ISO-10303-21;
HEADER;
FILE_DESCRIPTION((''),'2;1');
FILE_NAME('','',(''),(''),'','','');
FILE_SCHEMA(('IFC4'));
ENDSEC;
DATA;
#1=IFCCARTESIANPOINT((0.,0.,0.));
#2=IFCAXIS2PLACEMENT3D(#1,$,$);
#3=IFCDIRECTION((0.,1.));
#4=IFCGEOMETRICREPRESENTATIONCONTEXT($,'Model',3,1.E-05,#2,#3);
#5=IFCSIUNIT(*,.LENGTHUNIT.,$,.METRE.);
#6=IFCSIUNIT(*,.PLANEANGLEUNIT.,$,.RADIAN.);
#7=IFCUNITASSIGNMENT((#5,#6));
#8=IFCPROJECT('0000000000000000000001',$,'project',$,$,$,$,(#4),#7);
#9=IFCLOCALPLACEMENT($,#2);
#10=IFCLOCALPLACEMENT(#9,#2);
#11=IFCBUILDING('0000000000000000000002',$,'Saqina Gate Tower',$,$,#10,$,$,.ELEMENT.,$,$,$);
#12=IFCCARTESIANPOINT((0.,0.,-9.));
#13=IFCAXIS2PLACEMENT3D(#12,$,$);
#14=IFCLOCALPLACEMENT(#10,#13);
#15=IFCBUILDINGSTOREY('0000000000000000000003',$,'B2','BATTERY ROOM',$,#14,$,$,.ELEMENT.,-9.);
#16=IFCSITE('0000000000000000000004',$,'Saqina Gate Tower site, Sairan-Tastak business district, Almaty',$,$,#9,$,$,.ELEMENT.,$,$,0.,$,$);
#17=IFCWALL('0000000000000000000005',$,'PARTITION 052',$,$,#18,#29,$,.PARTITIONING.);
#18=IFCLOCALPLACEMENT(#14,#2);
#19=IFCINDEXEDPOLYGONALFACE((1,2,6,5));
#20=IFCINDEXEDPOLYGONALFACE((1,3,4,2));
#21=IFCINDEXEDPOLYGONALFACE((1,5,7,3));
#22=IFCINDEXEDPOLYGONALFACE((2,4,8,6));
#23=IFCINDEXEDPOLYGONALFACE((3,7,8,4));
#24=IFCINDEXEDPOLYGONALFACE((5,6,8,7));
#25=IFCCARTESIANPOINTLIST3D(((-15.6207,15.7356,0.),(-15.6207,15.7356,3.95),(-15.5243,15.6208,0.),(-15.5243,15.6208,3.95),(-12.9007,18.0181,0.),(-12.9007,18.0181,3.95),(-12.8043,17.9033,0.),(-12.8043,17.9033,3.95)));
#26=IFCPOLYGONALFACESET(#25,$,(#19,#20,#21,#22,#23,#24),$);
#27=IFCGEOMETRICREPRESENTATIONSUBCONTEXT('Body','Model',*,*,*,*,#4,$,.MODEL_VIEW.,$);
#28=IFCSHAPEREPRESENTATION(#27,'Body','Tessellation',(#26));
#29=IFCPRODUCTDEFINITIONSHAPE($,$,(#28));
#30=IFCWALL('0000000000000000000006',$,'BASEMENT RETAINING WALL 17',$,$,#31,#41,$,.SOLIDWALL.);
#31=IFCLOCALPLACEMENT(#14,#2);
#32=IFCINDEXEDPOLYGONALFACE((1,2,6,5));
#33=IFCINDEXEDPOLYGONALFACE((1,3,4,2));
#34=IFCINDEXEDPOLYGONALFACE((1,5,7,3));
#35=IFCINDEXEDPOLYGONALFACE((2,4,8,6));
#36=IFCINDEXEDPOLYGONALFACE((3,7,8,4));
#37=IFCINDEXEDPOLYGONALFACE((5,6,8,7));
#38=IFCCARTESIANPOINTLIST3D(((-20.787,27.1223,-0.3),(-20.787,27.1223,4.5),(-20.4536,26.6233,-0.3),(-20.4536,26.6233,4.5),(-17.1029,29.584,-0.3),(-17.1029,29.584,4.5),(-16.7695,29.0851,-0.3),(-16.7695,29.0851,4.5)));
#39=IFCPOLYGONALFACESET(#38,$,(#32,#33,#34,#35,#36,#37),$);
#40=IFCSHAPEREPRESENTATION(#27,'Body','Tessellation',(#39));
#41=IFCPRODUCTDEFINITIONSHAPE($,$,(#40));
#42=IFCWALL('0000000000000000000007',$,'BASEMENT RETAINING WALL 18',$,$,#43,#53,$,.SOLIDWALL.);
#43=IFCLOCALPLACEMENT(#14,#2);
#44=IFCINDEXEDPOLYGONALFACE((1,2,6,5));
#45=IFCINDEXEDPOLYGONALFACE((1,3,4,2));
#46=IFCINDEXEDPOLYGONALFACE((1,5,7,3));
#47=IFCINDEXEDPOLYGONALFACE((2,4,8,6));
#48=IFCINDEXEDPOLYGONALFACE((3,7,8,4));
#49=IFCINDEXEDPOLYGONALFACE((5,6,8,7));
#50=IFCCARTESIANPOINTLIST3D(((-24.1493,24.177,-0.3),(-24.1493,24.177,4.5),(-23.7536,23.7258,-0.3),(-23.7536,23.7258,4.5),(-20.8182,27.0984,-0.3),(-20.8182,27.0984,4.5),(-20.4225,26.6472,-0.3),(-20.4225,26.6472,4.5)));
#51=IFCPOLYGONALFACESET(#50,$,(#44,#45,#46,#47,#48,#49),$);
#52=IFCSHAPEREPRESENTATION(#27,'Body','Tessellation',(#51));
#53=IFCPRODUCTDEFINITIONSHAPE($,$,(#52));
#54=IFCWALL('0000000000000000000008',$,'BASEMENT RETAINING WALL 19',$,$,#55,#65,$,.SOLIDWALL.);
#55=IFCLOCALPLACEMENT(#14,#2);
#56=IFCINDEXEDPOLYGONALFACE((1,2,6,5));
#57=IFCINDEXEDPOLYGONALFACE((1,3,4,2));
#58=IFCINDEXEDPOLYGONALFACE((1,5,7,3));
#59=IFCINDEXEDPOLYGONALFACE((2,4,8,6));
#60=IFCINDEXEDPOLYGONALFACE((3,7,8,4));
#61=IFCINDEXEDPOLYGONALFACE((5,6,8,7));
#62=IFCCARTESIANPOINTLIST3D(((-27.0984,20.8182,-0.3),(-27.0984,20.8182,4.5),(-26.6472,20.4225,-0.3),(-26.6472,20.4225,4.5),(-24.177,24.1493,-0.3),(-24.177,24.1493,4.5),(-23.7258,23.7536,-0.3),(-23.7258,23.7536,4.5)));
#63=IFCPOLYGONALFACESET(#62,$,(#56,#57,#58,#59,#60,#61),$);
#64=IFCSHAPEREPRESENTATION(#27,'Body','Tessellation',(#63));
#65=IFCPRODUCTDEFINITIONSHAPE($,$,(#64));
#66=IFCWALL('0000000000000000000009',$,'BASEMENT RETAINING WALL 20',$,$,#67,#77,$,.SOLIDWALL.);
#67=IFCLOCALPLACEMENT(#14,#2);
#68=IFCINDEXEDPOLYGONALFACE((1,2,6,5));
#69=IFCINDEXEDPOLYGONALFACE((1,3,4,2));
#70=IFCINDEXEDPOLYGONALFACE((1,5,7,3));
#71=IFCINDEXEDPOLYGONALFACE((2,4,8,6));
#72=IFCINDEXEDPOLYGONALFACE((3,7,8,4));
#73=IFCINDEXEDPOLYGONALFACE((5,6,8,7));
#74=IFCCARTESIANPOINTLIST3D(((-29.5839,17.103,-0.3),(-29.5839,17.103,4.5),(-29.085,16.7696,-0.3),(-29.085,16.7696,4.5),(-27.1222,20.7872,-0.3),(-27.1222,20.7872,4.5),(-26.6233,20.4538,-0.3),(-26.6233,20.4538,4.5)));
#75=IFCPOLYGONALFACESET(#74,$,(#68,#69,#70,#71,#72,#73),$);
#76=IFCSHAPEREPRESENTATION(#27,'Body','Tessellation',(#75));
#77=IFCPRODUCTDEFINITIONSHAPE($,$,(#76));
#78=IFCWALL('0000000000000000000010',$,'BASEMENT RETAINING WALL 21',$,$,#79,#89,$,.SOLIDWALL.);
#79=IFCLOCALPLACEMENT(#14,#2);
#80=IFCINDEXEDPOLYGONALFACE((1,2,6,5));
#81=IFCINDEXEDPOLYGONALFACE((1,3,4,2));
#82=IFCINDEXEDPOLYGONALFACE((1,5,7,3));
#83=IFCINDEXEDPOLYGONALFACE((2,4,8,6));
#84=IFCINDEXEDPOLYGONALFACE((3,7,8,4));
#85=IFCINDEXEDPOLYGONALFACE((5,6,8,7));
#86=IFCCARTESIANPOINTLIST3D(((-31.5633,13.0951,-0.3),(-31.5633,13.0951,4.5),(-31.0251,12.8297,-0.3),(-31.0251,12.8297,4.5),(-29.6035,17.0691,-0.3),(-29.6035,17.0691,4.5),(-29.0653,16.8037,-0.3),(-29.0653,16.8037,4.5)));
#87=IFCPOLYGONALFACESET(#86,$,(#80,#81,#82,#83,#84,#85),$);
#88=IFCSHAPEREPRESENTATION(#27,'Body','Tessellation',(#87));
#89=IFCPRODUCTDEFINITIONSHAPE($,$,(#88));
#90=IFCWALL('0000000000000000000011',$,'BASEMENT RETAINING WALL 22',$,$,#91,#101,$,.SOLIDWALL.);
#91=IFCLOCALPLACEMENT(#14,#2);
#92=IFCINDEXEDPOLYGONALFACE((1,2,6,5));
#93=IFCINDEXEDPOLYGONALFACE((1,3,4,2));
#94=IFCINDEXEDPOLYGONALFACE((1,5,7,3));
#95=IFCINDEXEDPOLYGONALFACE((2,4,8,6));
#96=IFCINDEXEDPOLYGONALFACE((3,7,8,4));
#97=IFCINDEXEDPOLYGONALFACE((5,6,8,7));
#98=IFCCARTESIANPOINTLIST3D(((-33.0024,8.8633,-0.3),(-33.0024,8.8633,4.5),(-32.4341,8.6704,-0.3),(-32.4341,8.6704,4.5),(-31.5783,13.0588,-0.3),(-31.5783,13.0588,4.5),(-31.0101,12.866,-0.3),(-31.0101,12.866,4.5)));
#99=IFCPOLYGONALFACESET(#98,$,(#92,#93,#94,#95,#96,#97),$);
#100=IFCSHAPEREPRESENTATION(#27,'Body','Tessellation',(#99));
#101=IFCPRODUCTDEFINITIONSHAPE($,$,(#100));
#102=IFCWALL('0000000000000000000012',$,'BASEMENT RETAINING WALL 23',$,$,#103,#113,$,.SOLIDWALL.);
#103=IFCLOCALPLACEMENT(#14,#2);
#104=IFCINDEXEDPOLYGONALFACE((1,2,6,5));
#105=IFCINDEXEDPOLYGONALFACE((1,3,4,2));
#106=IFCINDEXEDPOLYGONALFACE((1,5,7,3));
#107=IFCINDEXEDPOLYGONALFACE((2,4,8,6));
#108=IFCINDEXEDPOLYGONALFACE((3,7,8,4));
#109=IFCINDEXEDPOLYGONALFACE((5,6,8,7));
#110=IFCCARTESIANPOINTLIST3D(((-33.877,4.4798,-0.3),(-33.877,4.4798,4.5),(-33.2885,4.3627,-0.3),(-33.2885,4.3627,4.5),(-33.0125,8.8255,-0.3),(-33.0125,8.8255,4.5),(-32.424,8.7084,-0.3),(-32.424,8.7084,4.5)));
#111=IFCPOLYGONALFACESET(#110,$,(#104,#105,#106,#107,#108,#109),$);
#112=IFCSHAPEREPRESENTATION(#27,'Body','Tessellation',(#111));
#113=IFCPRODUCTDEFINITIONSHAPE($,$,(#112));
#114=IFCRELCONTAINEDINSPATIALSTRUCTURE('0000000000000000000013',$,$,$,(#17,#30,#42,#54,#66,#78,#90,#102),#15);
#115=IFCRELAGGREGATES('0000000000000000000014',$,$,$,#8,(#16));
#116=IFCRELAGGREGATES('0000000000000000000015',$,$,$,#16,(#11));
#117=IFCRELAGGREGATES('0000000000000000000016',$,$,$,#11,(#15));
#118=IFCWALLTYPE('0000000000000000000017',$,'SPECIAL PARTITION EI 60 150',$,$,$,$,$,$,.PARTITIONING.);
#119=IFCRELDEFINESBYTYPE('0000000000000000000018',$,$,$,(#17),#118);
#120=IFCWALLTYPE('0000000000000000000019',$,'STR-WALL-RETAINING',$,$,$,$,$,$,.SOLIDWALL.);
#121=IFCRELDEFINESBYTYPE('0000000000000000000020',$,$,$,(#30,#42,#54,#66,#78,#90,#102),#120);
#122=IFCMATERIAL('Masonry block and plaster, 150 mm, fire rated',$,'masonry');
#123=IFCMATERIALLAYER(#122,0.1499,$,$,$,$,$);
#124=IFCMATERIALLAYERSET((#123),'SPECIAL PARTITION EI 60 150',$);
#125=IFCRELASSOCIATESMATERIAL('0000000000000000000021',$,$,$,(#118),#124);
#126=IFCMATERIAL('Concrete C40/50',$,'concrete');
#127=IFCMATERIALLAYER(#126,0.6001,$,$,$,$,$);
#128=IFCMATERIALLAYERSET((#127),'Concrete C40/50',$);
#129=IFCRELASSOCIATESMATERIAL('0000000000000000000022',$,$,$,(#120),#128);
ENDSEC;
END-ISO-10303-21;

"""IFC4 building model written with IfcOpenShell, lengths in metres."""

from ifc_helpers import new_model, si_unit, direction, frame, frame_2d, origin, place, context, subcontext, project, spatial, rectangle, extrude, material, layer, layer_set, type_object, element, save


model = new_model("IFC4")

# Units and contexts
model_context = context("Model", 3, precision=1e-05, world=origin(), true_north=direction((0.0, 1.0)))
body_context = subcontext(model_context, "Body", "Model", "MODEL_VIEW")
ifc_project = project(units=[si_unit("LENGTHUNIT", "METRE"), si_unit("PLANEANGLEUNIT", "RADIAN")], contexts=[model_context])

# Site, building, storey
site_placement = place(None, origin())
site = spatial("IfcSite", under=ifc_project, at=site_placement, Name="Saqina Gate Tower site, Sairan-Tastak business district, Almaty", CompositionType="ELEMENT", RefElevation=0.0)
building_placement = place(site_placement, origin())
building = spatial("IfcBuilding", under=site, at=building_placement, Name="Saqina Gate Tower", CompositionType="ELEMENT")
storey_placement = place(building_placement, frame((0.0, 0.0, -9.0)))
storey = spatial("IfcBuildingStorey", under=building, at=storey_placement, Name="B2", Description="BATTERY ROOM", CompositionType="ELEMENT", Elevation=-9.0)

# Shared definitions
ifc_material_1 = material(Name="Masonry block and plaster, 150 mm, fire rated", Category="masonry")
ifc_layer_1 = layer(ifc_material_1, 0.1499)
ifc_layer_set_1 = layer_set([ifc_layer_1], Name="SPECIAL PARTITION EI 60 150")
wall_type_1 = type_object("IfcWallType", Name="SPECIAL PARTITION EI 60 150", PredefinedType="PARTITIONING", material=ifc_layer_set_1)

# Walls
wall_1_placement = place(storey_placement, frame((-15.5725, 15.6782, 0.0), z_axis=(0.0, 0.0, 1.0), x_axis=(0.766024, 0.642811, 0.0)))
element("IfcWall", 1, at=wall_1_placement, inside=storey, type_object=wall_type_1, Name="PARTITION 052", PredefinedType="PARTITIONING", context=body_context, shape_type="SweptSolid", body=[
    extrude(rectangle(XDim=3.5508, YDim=0.1499, at=frame_2d((1.7754, 0.0))), origin(), (0.0, 0.0, 1.0), 3.95),
])
ifc_material_2 = material(Name="Concrete C40/50", Category="concrete")
ifc_layer_2 = layer(ifc_material_2, 0.6001)
ifc_layer_set_2 = layer_set([ifc_layer_2], Name="Concrete C40/50")
wall_type_2 = type_object("IfcWallType", Name="STR-WALL-RETAINING", PredefinedType="SOLIDWALL", material=ifc_layer_set_2)
wall_2_placement = place(storey_placement, frame((-16.9363, 29.3345, -0.3), z_axis=(0.0, 0.0, 1.0), x_axis=(-0.831465, -0.555577, 0.0)))
element("IfcWall", 2, at=wall_2_placement, inside=storey, type_object=wall_type_2, Name="BASEMENT RETAINING WALL 17", PredefinedType="SOLIDWALL", context=body_context, shape_type="SweptSolid", body=[
    extrude(rectangle(XDim=4.4309, YDim=0.6001, at=frame_2d((2.2153, 0.0))), origin(), (0.0, 0.0, 1.0), 4.8),
])
for number, where, z_axis, x_axis, name in (
    (3, (-20.6204, 26.8728, -0.3), (0.0, 0.0, 1.0), (-0.751825, -0.659362, 0.0), "BASEMENT RETAINING WALL 18"),
    (4, (-23.9514, 23.9514, -0.3), (0.0, 0.0, 1.0), (-0.659362, -0.751825, 0.0), "BASEMENT RETAINING WALL 19"),
):
    element("IfcWall", number, at=place(storey_placement, frame(where, z_axis=z_axis, x_axis=x_axis)), inside=storey, type_object=wall_type_2, Name=name, PredefinedType="SOLIDWALL", context=body_context, shape_type="SweptSolid", body=[
        extrude(rectangle(XDim=4.4307, YDim=0.6001, at=frame_2d((2.2153, 0.0))), origin(), (0.0, 0.0, 1.0), 4.8),
    ])
for number, where, z_axis, x_axis, name in (
    (5, (-26.8728, 20.6204, -0.3), (0.0, 0.0, 1.0), (-0.555577, -0.831465, 0.0), "BASEMENT RETAINING WALL 20"),
    (6, (-29.3345, 16.9363, -0.3), (0.0, 0.0, 1.0), (-0.442292, -0.896871, 0.0), "BASEMENT RETAINING WALL 21"),
):
    element("IfcWall", number, at=place(storey_placement, frame(where, z_axis=z_axis, x_axis=x_axis)), inside=storey, type_object=wall_type_2, Name=name, PredefinedType="SOLIDWALL", context=body_context, shape_type="SweptSolid", body=[
        extrude(rectangle(XDim=4.4309, YDim=0.6001, at=frame_2d((2.2153, 0.0))), origin(), (0.0, 0.0, 1.0), 4.8),
    ])
wall_3_placement = place(storey_placement, frame((-31.2942, 12.9624, -0.3), z_axis=(0.0, 0.0, 1.0), x_axis=(-0.321414, -0.946939, 0.0)))
element("IfcWall", 7, at=wall_3_placement, inside=storey, type_object=wall_type_2, Name="BASEMENT RETAINING WALL 22", PredefinedType="SOLIDWALL", context=body_context, shape_type="SweptSolid", body=[
    extrude(rectangle(XDim=4.4307, YDim=0.6001, at=frame_2d((2.2153, 0.0))), origin(), (0.0, 0.0, 1.0), 4.8),
])
wall_4_placement = place(storey_placement, frame((-32.7183, 8.7668, -0.3), z_axis=(0.0, 0.0, 1.0), x_axis=(-0.195109, -0.980781, 0.0)))
element("IfcWall", 8, at=wall_4_placement, inside=storey, type_object=wall_type_2, Name="BASEMENT RETAINING WALL 23", PredefinedType="SOLIDWALL", context=body_context, shape_type="SweptSolid", body=[
    extrude(rectangle(XDim=4.4309, YDim=0.6001, at=frame_2d((2.2153, 0.0))), origin(), (0.0, 0.0, 1.0), 4.8),
])

save(model, "model.ifc")
